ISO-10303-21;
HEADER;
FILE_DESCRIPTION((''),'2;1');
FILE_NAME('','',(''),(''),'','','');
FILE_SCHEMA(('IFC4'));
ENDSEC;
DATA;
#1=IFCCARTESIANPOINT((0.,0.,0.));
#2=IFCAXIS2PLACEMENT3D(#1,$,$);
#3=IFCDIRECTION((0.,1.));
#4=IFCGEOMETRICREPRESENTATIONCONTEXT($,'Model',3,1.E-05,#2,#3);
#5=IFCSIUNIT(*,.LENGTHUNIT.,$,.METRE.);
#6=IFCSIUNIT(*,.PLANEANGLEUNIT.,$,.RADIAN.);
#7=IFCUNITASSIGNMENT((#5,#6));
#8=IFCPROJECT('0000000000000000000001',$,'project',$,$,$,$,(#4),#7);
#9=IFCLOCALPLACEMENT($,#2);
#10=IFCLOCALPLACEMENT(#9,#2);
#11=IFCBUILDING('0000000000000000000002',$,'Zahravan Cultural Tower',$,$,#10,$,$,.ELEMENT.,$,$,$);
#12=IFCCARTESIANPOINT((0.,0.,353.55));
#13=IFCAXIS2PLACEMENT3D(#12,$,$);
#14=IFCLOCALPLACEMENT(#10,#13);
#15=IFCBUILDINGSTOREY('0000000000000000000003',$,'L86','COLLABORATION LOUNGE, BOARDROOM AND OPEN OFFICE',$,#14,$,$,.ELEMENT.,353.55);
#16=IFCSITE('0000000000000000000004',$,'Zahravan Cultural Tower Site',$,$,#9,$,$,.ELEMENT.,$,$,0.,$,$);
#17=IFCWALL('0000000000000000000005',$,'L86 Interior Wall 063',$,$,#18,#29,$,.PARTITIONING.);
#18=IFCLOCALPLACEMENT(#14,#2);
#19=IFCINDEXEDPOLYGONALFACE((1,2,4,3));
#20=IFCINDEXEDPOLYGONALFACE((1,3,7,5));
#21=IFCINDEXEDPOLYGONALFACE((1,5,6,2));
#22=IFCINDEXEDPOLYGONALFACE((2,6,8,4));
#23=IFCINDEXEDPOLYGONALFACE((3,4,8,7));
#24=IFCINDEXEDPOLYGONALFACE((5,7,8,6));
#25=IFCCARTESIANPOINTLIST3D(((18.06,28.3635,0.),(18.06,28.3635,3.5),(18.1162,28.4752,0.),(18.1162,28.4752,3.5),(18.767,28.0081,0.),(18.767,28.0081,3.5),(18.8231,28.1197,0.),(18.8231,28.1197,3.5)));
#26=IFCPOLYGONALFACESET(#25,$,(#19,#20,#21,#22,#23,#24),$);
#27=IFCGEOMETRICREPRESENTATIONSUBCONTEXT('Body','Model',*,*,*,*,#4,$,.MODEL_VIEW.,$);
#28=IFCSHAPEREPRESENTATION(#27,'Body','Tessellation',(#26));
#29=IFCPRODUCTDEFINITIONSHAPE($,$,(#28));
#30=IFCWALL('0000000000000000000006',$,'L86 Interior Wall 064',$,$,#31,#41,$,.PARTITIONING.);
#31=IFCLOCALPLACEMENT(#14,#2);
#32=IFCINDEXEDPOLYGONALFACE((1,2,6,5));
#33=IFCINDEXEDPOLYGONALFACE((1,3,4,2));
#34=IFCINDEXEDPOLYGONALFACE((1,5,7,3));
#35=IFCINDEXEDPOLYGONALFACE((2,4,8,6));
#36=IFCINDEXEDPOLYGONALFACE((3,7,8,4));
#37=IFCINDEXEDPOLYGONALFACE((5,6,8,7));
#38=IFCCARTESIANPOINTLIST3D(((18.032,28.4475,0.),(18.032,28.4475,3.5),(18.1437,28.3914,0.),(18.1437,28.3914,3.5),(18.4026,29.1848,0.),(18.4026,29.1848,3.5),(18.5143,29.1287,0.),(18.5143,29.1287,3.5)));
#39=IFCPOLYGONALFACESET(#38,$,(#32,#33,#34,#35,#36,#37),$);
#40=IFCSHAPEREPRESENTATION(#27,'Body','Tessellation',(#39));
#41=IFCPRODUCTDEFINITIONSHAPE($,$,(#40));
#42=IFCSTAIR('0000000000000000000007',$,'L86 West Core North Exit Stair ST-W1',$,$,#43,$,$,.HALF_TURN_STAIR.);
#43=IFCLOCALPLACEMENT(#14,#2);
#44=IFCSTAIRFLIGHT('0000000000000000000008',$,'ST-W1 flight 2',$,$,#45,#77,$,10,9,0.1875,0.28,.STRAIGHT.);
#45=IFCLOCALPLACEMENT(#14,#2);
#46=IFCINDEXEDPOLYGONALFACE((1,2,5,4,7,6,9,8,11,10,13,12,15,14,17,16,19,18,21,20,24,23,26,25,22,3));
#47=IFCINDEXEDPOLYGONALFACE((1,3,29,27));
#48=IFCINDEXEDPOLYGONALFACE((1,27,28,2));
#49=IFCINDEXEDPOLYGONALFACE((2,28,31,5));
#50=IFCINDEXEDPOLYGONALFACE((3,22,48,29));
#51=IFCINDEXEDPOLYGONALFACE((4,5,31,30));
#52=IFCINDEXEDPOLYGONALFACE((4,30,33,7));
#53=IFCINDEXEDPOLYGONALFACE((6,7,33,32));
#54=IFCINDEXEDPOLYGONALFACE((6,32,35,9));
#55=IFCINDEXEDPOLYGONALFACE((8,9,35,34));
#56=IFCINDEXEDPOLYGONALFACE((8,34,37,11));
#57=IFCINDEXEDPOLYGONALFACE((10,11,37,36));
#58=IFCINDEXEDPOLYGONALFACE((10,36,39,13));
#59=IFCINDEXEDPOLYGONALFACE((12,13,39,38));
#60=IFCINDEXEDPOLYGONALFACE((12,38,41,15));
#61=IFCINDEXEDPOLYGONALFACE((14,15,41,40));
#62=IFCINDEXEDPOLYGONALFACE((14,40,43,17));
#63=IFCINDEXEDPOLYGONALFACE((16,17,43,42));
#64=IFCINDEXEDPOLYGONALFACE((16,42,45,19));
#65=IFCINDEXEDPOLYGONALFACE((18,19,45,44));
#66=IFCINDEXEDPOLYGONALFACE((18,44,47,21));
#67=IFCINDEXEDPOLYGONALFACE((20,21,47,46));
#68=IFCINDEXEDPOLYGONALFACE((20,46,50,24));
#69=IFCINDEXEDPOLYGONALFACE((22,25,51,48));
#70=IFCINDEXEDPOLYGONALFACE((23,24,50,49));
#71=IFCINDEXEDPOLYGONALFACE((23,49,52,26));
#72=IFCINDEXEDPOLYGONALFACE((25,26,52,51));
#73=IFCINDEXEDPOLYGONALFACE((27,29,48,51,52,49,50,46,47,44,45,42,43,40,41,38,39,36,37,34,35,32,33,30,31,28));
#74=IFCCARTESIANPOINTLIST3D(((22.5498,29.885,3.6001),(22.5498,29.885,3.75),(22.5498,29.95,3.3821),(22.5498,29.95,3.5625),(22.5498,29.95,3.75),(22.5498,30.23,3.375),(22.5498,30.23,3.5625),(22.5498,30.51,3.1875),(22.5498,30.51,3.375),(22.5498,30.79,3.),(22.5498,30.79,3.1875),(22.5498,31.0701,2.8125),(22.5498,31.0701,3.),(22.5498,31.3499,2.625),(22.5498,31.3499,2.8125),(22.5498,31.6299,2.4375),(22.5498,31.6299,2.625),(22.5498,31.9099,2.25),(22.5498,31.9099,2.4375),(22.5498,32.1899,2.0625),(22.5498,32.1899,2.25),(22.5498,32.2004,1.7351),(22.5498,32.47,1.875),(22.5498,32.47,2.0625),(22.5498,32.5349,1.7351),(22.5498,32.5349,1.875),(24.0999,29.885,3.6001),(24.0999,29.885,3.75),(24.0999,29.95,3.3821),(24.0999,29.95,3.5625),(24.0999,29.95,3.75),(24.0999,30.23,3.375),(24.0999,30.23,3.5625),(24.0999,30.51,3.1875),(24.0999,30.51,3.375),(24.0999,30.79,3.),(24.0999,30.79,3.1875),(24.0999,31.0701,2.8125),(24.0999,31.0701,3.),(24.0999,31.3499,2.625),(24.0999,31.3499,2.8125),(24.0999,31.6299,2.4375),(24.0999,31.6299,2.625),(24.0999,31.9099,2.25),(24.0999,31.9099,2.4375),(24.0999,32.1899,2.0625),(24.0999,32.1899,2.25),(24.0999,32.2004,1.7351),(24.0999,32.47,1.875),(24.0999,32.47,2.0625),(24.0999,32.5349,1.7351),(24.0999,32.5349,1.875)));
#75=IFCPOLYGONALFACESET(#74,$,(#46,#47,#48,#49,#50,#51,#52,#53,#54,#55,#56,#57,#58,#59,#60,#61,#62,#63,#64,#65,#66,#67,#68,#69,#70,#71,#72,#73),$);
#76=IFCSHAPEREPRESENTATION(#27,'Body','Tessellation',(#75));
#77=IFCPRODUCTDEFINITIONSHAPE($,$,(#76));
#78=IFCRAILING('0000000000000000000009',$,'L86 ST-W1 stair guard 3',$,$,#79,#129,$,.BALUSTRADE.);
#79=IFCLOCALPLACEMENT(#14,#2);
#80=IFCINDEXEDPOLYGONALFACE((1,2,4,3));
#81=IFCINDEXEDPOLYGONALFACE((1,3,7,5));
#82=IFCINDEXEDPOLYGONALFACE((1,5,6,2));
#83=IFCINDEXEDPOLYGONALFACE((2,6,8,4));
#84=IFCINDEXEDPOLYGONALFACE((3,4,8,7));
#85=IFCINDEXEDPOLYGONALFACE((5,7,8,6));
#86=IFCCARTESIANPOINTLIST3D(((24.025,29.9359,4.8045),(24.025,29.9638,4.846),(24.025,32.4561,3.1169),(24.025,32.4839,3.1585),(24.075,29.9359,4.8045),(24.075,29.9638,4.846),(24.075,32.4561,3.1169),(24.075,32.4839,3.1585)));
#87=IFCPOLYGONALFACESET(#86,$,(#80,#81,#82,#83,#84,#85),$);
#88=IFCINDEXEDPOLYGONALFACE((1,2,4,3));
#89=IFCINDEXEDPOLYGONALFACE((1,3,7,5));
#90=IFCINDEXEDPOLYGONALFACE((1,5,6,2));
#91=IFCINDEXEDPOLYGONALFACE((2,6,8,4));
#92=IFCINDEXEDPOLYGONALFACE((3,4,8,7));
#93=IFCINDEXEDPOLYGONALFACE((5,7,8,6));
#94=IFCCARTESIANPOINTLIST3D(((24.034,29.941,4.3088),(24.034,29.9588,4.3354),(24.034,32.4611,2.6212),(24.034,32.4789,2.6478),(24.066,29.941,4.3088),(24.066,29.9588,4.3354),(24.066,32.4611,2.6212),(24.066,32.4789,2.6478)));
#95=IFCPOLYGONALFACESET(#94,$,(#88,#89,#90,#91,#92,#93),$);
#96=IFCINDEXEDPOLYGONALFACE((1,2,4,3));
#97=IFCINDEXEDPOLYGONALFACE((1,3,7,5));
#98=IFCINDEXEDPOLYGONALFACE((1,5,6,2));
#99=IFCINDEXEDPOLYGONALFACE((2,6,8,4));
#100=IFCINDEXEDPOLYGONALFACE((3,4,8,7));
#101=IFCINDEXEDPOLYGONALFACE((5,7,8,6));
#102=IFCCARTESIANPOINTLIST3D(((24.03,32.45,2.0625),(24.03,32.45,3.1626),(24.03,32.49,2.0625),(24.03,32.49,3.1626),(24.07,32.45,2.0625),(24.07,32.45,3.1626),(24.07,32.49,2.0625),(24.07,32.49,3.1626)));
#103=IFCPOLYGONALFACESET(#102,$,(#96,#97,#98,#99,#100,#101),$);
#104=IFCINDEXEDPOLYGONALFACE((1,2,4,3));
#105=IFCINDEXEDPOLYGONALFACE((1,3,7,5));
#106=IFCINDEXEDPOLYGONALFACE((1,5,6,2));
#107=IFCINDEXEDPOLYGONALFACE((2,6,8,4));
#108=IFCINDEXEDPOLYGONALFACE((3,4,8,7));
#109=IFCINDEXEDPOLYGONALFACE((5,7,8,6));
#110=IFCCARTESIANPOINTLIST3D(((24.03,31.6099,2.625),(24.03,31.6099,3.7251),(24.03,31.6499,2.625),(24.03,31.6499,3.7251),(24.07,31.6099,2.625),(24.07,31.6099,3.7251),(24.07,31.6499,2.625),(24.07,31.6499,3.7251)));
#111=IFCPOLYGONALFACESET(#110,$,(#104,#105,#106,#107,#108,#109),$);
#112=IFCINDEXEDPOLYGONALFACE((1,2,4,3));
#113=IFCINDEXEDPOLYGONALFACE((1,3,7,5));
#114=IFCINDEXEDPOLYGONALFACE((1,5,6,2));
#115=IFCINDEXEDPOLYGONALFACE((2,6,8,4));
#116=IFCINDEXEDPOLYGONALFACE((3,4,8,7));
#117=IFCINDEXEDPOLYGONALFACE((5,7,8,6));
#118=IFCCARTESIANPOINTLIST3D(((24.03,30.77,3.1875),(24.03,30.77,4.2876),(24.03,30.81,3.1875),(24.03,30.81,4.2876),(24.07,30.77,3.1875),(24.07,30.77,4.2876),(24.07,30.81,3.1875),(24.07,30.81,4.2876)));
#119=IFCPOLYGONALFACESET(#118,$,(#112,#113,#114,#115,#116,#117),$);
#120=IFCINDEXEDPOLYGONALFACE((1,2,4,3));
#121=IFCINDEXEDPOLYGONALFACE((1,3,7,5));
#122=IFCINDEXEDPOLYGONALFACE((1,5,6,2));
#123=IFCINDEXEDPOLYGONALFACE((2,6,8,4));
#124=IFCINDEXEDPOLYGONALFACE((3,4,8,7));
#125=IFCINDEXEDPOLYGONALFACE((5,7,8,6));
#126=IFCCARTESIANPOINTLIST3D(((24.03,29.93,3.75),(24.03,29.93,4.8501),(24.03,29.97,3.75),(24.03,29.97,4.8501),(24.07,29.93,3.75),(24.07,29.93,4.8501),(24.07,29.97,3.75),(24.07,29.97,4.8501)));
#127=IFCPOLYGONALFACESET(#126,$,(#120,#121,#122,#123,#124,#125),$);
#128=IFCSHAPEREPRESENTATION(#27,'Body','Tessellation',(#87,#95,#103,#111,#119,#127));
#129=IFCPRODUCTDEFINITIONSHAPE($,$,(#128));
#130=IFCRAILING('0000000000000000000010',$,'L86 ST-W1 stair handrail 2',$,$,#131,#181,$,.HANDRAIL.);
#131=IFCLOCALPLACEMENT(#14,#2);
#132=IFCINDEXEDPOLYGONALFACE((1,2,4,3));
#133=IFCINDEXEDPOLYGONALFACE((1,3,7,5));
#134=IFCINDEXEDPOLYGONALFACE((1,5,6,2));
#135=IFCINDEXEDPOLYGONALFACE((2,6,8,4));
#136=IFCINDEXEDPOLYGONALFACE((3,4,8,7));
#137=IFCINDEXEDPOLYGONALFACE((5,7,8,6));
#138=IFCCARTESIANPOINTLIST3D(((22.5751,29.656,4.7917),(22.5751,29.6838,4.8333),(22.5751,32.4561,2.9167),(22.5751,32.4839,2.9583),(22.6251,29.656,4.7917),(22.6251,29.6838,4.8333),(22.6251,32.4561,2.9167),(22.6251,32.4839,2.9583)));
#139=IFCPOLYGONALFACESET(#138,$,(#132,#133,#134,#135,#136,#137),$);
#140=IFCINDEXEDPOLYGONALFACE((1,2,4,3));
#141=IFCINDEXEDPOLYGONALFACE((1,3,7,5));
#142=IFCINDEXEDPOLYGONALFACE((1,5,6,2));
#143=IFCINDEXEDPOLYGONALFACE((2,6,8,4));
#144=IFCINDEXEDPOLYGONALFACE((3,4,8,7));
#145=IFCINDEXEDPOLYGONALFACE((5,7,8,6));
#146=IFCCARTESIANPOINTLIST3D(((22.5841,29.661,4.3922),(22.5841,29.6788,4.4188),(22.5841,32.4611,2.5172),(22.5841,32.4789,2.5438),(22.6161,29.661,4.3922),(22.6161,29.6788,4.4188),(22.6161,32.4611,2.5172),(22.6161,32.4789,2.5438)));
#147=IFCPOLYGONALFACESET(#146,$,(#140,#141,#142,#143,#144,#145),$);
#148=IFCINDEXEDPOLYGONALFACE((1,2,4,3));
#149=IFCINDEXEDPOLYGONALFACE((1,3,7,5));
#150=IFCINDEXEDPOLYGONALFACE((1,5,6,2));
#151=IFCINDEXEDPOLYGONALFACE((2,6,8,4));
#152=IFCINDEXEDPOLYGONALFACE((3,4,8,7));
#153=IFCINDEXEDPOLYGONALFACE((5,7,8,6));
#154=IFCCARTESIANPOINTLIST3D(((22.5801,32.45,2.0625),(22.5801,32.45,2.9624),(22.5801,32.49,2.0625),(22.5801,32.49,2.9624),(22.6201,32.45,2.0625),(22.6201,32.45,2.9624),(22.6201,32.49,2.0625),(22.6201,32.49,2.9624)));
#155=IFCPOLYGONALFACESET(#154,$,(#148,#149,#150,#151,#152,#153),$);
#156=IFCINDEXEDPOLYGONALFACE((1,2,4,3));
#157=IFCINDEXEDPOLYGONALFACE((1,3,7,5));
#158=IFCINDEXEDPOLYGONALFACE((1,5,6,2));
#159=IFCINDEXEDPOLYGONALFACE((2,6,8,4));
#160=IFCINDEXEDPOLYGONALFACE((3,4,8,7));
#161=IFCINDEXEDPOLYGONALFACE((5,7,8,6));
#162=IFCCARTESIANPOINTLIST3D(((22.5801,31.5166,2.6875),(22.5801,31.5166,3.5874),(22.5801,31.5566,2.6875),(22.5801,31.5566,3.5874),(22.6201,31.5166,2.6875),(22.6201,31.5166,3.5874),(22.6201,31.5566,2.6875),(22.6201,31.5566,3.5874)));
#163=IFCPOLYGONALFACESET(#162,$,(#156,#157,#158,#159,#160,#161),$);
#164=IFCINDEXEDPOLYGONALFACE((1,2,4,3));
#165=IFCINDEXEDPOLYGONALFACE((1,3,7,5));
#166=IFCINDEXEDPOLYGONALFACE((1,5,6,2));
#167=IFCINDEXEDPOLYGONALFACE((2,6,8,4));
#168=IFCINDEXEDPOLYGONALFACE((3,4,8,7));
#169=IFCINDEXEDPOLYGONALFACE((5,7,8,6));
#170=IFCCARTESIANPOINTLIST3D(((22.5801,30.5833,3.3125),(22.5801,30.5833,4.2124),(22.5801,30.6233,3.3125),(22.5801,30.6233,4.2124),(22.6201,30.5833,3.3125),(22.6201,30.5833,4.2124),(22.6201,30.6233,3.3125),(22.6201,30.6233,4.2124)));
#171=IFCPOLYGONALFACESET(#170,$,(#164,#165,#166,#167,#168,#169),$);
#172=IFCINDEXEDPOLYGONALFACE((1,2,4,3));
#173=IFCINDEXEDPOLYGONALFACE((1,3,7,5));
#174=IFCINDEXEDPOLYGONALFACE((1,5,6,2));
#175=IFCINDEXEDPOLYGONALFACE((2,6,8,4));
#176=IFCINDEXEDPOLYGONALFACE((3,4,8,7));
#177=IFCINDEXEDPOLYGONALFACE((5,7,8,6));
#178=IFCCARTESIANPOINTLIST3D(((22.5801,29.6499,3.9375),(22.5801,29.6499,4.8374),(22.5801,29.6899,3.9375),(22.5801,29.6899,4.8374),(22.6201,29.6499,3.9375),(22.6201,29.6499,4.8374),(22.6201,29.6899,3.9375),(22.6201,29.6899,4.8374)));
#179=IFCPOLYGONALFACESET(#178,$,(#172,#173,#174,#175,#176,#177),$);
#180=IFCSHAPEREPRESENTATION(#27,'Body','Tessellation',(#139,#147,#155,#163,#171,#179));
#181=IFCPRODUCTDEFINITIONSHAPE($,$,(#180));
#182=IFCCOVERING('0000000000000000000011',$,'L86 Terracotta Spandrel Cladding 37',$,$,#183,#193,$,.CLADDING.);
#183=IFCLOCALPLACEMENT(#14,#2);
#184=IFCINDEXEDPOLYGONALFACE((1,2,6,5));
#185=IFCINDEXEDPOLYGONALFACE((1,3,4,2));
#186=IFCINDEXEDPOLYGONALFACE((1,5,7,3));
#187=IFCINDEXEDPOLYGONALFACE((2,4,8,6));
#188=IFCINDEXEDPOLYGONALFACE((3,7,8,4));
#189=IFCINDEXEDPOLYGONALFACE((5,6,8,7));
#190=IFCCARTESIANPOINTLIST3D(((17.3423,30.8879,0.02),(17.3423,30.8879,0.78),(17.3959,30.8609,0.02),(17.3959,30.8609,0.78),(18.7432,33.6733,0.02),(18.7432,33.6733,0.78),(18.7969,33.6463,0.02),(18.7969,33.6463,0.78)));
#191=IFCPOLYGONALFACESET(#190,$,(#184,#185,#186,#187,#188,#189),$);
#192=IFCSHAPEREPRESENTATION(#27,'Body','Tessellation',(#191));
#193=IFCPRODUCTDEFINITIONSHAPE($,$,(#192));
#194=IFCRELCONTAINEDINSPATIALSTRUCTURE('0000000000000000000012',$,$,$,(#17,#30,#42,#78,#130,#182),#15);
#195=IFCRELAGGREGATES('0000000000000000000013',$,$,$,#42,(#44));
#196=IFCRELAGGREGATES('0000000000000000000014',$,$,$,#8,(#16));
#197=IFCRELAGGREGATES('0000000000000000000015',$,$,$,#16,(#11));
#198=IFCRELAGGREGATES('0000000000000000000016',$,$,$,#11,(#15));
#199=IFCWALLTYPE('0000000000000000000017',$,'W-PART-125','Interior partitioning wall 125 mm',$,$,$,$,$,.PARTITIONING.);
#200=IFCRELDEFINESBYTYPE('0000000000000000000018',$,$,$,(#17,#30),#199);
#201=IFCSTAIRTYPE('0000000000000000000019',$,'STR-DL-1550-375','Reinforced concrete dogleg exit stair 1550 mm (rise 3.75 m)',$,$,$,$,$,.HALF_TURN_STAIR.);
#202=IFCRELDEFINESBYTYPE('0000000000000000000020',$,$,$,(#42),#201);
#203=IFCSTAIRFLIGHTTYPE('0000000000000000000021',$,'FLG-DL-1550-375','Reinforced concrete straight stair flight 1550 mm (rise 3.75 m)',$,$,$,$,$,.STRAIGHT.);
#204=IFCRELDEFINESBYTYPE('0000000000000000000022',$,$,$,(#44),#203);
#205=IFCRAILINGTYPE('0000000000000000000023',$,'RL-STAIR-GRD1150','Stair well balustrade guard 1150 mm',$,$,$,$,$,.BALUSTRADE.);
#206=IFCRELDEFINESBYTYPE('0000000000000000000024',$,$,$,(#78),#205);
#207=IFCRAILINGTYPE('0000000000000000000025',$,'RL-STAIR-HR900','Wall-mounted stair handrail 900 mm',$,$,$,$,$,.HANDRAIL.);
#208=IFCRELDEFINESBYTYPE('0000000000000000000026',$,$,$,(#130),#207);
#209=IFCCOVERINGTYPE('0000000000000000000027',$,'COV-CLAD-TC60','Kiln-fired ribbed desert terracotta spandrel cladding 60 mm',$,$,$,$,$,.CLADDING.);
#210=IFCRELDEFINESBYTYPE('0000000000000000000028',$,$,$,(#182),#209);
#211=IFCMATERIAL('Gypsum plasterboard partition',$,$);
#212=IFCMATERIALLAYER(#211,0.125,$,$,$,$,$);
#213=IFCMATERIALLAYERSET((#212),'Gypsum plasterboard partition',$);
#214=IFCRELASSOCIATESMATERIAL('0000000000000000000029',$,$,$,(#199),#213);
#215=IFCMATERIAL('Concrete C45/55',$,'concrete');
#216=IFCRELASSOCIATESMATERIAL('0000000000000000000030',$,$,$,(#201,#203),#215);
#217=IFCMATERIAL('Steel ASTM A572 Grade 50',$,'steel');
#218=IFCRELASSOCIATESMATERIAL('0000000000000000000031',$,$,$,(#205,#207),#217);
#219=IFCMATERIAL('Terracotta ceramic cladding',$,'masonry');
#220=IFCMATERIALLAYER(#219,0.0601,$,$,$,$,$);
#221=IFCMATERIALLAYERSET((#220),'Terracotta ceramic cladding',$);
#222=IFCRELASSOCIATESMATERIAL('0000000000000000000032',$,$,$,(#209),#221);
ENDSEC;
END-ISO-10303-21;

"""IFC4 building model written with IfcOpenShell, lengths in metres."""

from ifc_helpers import new_model, si_unit, direction, frame, frame_2d, origin, origin_2d, place, context, subcontext, project, spatial, polyline, rectangle, outline, extrude, source, transform, mapped, material, layer, layer_set, type_object, element, aggregate, save


model = new_model("IFC4")

# Units and contexts
model_context = context("Model", 3, precision=1e-05, world=origin(), true_north=direction((0.0, 1.0)))
body_context = subcontext(model_context, "Body", "Model", "MODEL_VIEW")
ifc_project = project(units=[si_unit("LENGTHUNIT", "METRE"), si_unit("PLANEANGLEUNIT", "RADIAN")], contexts=[model_context])

# Site, building, storey
site_placement = place(None, origin())
site = spatial("IfcSite", under=ifc_project, at=site_placement, Name="Zahravan Cultural Tower Site", CompositionType="ELEMENT", RefElevation=0.0)
building_placement = place(site_placement, origin())
building = spatial("IfcBuilding", under=site, at=building_placement, Name="Zahravan Cultural Tower", CompositionType="ELEMENT")
storey_placement = place(building_placement, frame((0.0, 0.0, 353.55)))
storey = spatial("IfcBuildingStorey", under=building, at=storey_placement, Name="L86", Description="COLLABORATION LOUNGE, BOARDROOM AND OPEN OFFICE", CompositionType="ELEMENT", Elevation=353.55)

# Shared definitions
ifc_material_1 = material(Name="Gypsum plasterboard partition")
ifc_layer_1 = layer(ifc_material_1, 0.125)
ifc_layer_set_1 = layer_set([ifc_layer_1], Name="Gypsum plasterboard partition")
wall_type_1 = type_object("IfcWallType", Name="W-PART-125", Description="Interior partitioning wall 125 mm", PredefinedType="PARTITIONING", material=ifc_layer_set_1)

# Walls
ifc_material_2 = material(Name="Concrete C45/55", Category="concrete")
shared_shape_1 = source(origin(), body_context, "Body", "SweptSolid", [
    extrude(rectangle(XDim=0.7913, YDim=0.125, at=frame_2d((0.3955, 0.0))), origin(), (0.0, 0.0, 1.0), 3.5),
])
wall_1_placement = place(storey_placement, frame((18.7949, 28.064, 0.0), z_axis=(0.0, 0.0, 1.0), x_axis=(-0.893438, 0.449187, 0.0)))
element("IfcWall", 1, at=wall_1_placement, inside=storey, type_object=wall_type_1, Name="L86 Interior Wall 063", PredefinedType="PARTITIONING", context=body_context, shape_type="MappedRepresentation", body=[
    mapped(shared_shape_1, transform((0.0, 0.0, 0.0), x_axis=(1.0, 0.0, 0.0), y_axis=(0.0, 1.0, 0.0), z_axis=(0.0, 0.0, 1.0), scale=1.0)),
])
shared_shape_2 = source(origin(), body_context, "Body", "SweptSolid", [
    extrude(rectangle(XDim=0.8252, YDim=0.125, at=frame_2d((0.4126, 0.0))), origin(), (0.0, 0.0, 1.0), 3.5),
])
wall_2_placement = place(storey_placement, frame((18.0879, 28.4194, 0.0), z_axis=(0.0, 0.0, 1.0), x_axis=(0.449106, 0.893478, 0.0)))
element("IfcWall", 2, at=wall_2_placement, inside=storey, type_object=wall_type_1, Name="L86 Interior Wall 064", PredefinedType="PARTITIONING", context=body_context, shape_type="MappedRepresentation", body=[
    mapped(shared_shape_2, transform((0.0, 0.0, 0.0), x_axis=(1.0, 0.0, 0.0), y_axis=(0.0, 1.0, 0.0), z_axis=(0.0, 0.0, 1.0), scale=1.0)),
])

# Stair, stair flight
stair_type = type_object("IfcStairType", Name="STR-DL-1550-375", Description="Reinforced concrete dogleg exit stair 1550 mm (rise 3.75 m)", PredefinedType="HALF_TURN_STAIR", material=ifc_material_2)
stair_placement = place(storey_placement, origin())
stair = element("IfcStair", 3, at=stair_placement, inside=storey, type_object=stair_type, Name="L86 West Core North Exit Stair ST-W1", PredefinedType="HALF_TURN_STAIR")
stair_flight_type = type_object("IfcStairFlightType", Name="FLG-DL-1550-375", Description="Reinforced concrete straight stair flight 1550 mm (rise 3.75 m)", PredefinedType="STRAIGHT", material=ifc_material_2)
stair_flight_placement = place(storey_placement, frame((23.325, 32.47, 1.875), z_axis=(0.0, 0.0, 1.0), x_axis=(0.0, -1.0, 0.0)))
stair_flight = element("IfcStairFlight", 4, at=stair_flight_placement, type_object=stair_flight_type, Name="ST-W1 flight 2", NumberOfRisers=10, NumberOfTreads=9, PredefinedType="STRAIGHT", RiserHeight=0.1875, TreadLength=0.28, context=body_context, shape_type="SweptSolid", body=[
    extrude(outline(polyline([(-0.0649, -0.1399), (-0.0649, 0.0), (0.0, 0.0), (0.0, 0.1875), (0.28, 0.1875), (0.28, 0.375), (0.5601, 0.375), (0.5601, 0.5625), (0.8401, 0.5625), (0.8401, 0.75), (1.1201, 0.75), (1.1201, 0.9375), (1.3999, 0.9375), (1.3999, 1.125), (1.6799, 1.125), (1.6799, 1.3125), (1.96, 1.3125), (1.96, 1.5), (2.24, 1.5), (2.24, 1.6875), (2.52, 1.6875), (2.52, 1.875), (2.585, 1.875), (2.585, 1.7251), (2.52, 1.5071), (0.2695, -0.1399), (-0.0649, -0.1399)])), frame((0.0, 0.7749, 0.0), z_axis=(0.0, -1.0, 0.0), x_axis=(1.0, 0.0, 0.0)), (0.0, 0.0, 1.0), 1.55),
])
aggregate(stair, [stair_flight])

# Railings
ifc_material_3 = material(Name="Steel ASTM A572 Grade 50", Category="steel")
railing_type_1 = type_object("IfcRailingType", Name="RL-STAIR-GRD1150", Description="Stair well balustrade guard 1150 mm", PredefinedType="BALUSTRADE", material=ifc_material_3)
railing_1_placement = place(storey_placement, frame((24.05, 32.47, 2.0625)))
element("IfcRailing", 5, at=railing_1_placement, inside=storey, type_object=railing_type_1, Name="L86 ST-W1 stair guard 3", PredefinedType="BALUSTRADE", context=body_context, shape_type="SweptSolid", body=[
    extrude(rectangle(XDim=0.05, YDim=0.05, at=origin_2d()), frame((0.0, 0.0, 1.0752), z_axis=(0.0, -0.830909, 0.556408), x_axis=(1.0, 0.0, 0.0)), (0.0, 0.0, 1.0), 3.033),
    extrude(rectangle(XDim=0.032, YDim=0.032, at=origin_2d()), frame((0.0, 0.0, 0.572), z_axis=(0.0, -0.830909, 0.556408), x_axis=(1.0, 0.0, 0.0)), (0.0, 0.0, 1.0), 3.033),
    extrude(rectangle(XDim=0.04, YDim=0.04, at=origin_2d()), origin(), (0.0, 0.0, 1.0), 1.1001),
    extrude(rectangle(XDim=0.04, YDim=0.04, at=origin_2d()), frame((0.0, -0.8401, 0.5625)), (0.0, 0.0, 1.0), 1.1001),
    extrude(rectangle(XDim=0.04, YDim=0.04, at=origin_2d()), frame((0.0, -1.6799, 1.125)), (0.0, 0.0, 1.0), 1.1001),
    extrude(rectangle(XDim=0.04, YDim=0.04, at=origin_2d()), frame((0.0, -2.52, 1.6875)), (0.0, 0.0, 1.0), 1.1001),
])
railing_type_2 = type_object("IfcRailingType", Name="RL-STAIR-HR900", Description="Wall-mounted stair handrail 900 mm", PredefinedType="HANDRAIL", material=ifc_material_3)
railing_2_placement = place(storey_placement, frame((22.6001, 32.47, 2.0625)))
element("IfcRailing", 6, at=railing_2_placement, inside=storey, type_object=railing_type_2, Name="L86 ST-W1 stair handrail 2", PredefinedType="HANDRAIL", context=body_context, shape_type="SweptSolid", body=[
    extrude(rectangle(XDim=0.05, YDim=0.05, at=origin_2d()), frame((0.0, 0.0, 0.875), z_axis=(0.0, -0.830912, 0.556404), x_axis=(1.0, 0.0, 0.0)), (0.0, 0.0, 1.0), 3.3699),
    extrude(rectangle(XDim=0.032, YDim=0.032, at=origin_2d()), frame((0.0, 0.0, 0.468), z_axis=(0.0, -0.830912, 0.556404), x_axis=(1.0, 0.0, 0.0)), (0.0, 0.0, 1.0), 3.3699),
    extrude(rectangle(XDim=0.04, YDim=0.04, at=origin_2d()), origin(), (0.0, 0.0, 1.0), 0.8999),
    extrude(rectangle(XDim=0.04, YDim=0.04, at=origin_2d()), frame((0.0, -0.9333, 0.625)), (0.0, 0.0, 1.0), 0.8999),
    extrude(rectangle(XDim=0.04, YDim=0.04, at=origin_2d()), frame((0.0, -1.8667, 1.25)), (0.0, 0.0, 1.0), 0.8999),
    extrude(rectangle(XDim=0.04, YDim=0.04, at=origin_2d()), frame((0.0, -2.8, 1.875)), (0.0, 0.0, 1.0), 0.8999),
])

# Covering
ifc_material_4 = material(Name="Terracotta ceramic cladding", Category="masonry")
ifc_layer_2 = layer(ifc_material_4, 0.0601)
ifc_layer_set_2 = layer_set([ifc_layer_2], Name="Terracotta ceramic cladding")
covering_type = type_object("IfcCoveringType", Name="COV-CLAD-TC60", Description="Kiln-fired ribbed desert terracotta spandrel cladding 60 mm", PredefinedType="CLADDING", material=ifc_layer_set_2)
shared_shape_3 = source(origin(), body_context, "Body", "SweptSolid", [
    extrude(rectangle(XDim=3.1179, YDim=0.0601, at=origin_2d()), origin(), (0.0, 0.0, 1.0), 0.76),
])
covering_placement = place(storey_placement, frame((18.0696, 32.2671, 0.02), z_axis=(0.0, 0.0, 1.0), x_axis=(0.449319, 0.893371, 0.0)))
element("IfcCovering", 7, at=covering_placement, inside=storey, type_object=covering_type, Name="L86 Terracotta Spandrel Cladding 37", PredefinedType="CLADDING", context=body_context, shape_type="MappedRepresentation", body=[
    mapped(shared_shape_3, transform((0.0, 0.0, 0.0), x_axis=(1.0, 0.0, 0.0), y_axis=(0.0, 1.0, 0.0), z_axis=(0.0, 0.0, 1.0), scale=1.0)),
])

save(model, "model.ifc")
